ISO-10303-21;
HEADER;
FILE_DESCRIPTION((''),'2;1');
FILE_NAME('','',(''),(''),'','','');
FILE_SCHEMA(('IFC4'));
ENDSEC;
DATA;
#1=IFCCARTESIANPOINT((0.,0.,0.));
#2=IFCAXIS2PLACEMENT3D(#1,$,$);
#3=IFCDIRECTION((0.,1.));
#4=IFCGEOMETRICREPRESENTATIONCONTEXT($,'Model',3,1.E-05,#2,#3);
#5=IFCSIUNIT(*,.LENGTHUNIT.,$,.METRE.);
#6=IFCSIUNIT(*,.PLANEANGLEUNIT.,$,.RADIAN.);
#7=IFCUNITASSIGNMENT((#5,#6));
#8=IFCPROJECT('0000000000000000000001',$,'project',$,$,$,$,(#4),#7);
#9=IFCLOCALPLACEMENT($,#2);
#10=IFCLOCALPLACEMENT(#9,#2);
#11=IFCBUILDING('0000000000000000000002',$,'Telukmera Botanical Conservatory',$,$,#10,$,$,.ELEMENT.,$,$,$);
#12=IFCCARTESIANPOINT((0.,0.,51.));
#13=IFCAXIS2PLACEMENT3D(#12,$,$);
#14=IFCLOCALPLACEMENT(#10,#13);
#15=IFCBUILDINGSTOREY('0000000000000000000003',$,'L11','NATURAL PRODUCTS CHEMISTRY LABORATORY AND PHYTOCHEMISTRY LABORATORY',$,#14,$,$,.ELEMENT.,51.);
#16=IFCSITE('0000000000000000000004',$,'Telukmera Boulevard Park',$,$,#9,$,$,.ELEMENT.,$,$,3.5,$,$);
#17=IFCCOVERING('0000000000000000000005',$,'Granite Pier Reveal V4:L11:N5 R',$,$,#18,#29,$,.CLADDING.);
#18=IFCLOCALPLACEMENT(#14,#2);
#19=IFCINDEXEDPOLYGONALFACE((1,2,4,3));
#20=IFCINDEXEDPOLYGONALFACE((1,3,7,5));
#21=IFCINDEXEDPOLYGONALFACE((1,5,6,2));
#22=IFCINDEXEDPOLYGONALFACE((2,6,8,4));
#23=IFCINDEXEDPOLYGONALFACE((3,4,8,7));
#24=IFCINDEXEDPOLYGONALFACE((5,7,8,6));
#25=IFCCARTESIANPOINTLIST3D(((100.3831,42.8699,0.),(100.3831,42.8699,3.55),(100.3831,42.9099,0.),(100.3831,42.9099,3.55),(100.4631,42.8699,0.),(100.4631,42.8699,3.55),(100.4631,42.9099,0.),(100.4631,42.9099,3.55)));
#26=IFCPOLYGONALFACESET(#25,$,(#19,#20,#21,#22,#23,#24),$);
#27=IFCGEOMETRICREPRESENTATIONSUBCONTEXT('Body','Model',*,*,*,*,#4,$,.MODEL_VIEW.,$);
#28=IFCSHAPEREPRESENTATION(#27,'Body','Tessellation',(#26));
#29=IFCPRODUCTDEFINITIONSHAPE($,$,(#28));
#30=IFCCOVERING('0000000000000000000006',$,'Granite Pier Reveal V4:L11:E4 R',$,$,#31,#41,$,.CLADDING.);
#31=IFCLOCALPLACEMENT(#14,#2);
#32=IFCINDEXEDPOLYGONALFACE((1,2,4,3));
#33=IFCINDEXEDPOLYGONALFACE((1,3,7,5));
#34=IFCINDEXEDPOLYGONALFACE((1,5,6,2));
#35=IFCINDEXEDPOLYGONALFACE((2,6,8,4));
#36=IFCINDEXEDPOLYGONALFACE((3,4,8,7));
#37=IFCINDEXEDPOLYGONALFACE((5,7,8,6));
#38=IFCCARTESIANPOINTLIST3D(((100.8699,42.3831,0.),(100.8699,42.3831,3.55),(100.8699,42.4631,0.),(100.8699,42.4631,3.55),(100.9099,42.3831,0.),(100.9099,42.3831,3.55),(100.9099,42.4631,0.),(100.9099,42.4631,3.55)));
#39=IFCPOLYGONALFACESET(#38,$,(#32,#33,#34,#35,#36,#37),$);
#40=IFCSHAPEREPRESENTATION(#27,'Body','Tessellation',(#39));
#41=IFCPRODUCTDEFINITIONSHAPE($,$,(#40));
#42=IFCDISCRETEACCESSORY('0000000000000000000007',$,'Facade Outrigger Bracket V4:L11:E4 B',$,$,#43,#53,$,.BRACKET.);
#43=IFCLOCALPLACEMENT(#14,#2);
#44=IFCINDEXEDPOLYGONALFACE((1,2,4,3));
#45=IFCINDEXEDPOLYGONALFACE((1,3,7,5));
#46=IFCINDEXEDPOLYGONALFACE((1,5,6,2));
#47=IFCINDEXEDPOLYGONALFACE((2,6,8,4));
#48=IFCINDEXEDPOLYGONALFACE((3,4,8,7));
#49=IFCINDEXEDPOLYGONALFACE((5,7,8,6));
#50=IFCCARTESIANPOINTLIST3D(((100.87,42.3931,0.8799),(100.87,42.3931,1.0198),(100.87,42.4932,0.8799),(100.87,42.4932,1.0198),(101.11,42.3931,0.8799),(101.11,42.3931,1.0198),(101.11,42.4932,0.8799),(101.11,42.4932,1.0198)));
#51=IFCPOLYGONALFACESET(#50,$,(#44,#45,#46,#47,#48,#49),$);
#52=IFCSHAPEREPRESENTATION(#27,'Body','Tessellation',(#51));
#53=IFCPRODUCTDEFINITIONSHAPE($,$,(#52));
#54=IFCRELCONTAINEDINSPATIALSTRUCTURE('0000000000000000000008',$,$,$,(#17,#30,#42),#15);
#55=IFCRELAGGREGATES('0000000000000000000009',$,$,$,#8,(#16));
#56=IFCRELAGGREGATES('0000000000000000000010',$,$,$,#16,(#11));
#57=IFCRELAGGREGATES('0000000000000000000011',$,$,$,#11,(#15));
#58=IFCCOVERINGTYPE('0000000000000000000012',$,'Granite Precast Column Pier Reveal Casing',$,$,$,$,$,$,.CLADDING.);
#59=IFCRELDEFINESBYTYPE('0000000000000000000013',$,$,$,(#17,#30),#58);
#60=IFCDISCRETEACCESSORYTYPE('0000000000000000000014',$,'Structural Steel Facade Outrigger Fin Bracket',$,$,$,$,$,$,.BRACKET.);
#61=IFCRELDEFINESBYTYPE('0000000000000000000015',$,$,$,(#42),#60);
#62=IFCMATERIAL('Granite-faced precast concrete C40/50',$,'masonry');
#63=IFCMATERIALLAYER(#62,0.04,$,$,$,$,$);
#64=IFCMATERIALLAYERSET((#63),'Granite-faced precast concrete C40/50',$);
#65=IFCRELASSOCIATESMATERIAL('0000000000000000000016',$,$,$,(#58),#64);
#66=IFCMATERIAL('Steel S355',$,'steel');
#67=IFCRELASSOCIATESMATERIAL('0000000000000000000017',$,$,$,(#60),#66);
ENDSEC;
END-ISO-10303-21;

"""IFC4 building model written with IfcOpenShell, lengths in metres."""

from ifc_helpers import new_model, si_unit, direction, frame, origin, origin_2d, place, context, subcontext, project, spatial, rectangle, extrude, material, layer, layer_set, type_object, element, save


model = new_model("IFC4")

# Units and contexts
model_context = context("Model", 3, precision=1e-05, world=origin(), true_north=direction((0.0, 1.0)))
body_context = subcontext(model_context, "Body", "Model", "MODEL_VIEW")
ifc_project = project(units=[si_unit("LENGTHUNIT", "METRE"), si_unit("PLANEANGLEUNIT", "RADIAN")], contexts=[model_context])

# Site, building, storey
site_placement = place(None, origin())
site = spatial("IfcSite", under=ifc_project, at=site_placement, Name="Telukmera Boulevard Park", CompositionType="ELEMENT", RefElevation=3.5)
building_placement = place(site_placement, origin())
building = spatial("IfcBuilding", under=site, at=building_placement, Name="Telukmera Botanical Conservatory", CompositionType="ELEMENT")
storey_placement = place(building_placement, frame((0.0, 0.0, 51.0)))
storey = spatial("IfcBuildingStorey", under=building, at=storey_placement, Name="L11", Description="NATURAL PRODUCTS CHEMISTRY LABORATORY AND PHYTOCHEMISTRY LABORATORY", CompositionType="ELEMENT", Elevation=51.0)

# Coverings
ifc_material_1 = material(Name="Granite-faced precast concrete C40/50", Category="masonry")
ifc_layer_1 = layer(ifc_material_1, 0.04)
ifc_layer_set_1 = layer_set([ifc_layer_1], Name="Granite-faced precast concrete C40/50")
covering_type = type_object("IfcCoveringType", Name="Granite Precast Column Pier Reveal Casing", PredefinedType="CLADDING", material=ifc_layer_set_1)
for number, where, z_axis, x_axis, name in (
    (1, (100.4231, 42.8899, 0.0), (0.0, 0.0, 1.0), (1.0, 0.0, 0.0), "Granite Pier Reveal V4:L11:N5 R"),
    (2, (100.8899, 42.4231, 0.0), (0.0, 0.0, 1.0), (0.0, 1.0, 0.0), "Granite Pier Reveal V4:L11:E4 R"),
):
    element("IfcCovering", number, at=place(storey_placement, frame(where, z_axis=z_axis, x_axis=x_axis)), inside=storey, type_object=covering_type, Name=name, PredefinedType="CLADDING", context=body_context, shape_type="SweptSolid", body=[
        extrude(rectangle(XDim=0.0801, YDim=0.04, at=origin_2d()), origin(), (0.0, 0.0, 1.0), 3.55),
    ])

# Discrete accessory
ifc_material_2 = material(Name="Steel S355", Category="steel")
discrete_accessory_type = type_object("IfcDiscreteAccessoryType", Name="Structural Steel Facade Outrigger Fin Bracket", PredefinedType="BRACKET", material=ifc_material_2)
discrete_accessory_placement = place(storey_placement, frame((100.99, 42.4431, 0.8799), z_axis=(0.0, 0.0, 1.0), x_axis=(0.0, 1.0, 0.0)))
element("IfcDiscreteAccessory", 3, at=discrete_accessory_placement, inside=storey, type_object=discrete_accessory_type, Name="Facade Outrigger Bracket V4:L11:E4 B", PredefinedType="BRACKET", context=body_context, shape_type="SweptSolid", body=[
    extrude(rectangle(XDim=0.1001, YDim=0.24, at=origin_2d()), origin(), (0.0, 0.0, 1.0), 0.1399),
])

save(model, "model.ifc")
